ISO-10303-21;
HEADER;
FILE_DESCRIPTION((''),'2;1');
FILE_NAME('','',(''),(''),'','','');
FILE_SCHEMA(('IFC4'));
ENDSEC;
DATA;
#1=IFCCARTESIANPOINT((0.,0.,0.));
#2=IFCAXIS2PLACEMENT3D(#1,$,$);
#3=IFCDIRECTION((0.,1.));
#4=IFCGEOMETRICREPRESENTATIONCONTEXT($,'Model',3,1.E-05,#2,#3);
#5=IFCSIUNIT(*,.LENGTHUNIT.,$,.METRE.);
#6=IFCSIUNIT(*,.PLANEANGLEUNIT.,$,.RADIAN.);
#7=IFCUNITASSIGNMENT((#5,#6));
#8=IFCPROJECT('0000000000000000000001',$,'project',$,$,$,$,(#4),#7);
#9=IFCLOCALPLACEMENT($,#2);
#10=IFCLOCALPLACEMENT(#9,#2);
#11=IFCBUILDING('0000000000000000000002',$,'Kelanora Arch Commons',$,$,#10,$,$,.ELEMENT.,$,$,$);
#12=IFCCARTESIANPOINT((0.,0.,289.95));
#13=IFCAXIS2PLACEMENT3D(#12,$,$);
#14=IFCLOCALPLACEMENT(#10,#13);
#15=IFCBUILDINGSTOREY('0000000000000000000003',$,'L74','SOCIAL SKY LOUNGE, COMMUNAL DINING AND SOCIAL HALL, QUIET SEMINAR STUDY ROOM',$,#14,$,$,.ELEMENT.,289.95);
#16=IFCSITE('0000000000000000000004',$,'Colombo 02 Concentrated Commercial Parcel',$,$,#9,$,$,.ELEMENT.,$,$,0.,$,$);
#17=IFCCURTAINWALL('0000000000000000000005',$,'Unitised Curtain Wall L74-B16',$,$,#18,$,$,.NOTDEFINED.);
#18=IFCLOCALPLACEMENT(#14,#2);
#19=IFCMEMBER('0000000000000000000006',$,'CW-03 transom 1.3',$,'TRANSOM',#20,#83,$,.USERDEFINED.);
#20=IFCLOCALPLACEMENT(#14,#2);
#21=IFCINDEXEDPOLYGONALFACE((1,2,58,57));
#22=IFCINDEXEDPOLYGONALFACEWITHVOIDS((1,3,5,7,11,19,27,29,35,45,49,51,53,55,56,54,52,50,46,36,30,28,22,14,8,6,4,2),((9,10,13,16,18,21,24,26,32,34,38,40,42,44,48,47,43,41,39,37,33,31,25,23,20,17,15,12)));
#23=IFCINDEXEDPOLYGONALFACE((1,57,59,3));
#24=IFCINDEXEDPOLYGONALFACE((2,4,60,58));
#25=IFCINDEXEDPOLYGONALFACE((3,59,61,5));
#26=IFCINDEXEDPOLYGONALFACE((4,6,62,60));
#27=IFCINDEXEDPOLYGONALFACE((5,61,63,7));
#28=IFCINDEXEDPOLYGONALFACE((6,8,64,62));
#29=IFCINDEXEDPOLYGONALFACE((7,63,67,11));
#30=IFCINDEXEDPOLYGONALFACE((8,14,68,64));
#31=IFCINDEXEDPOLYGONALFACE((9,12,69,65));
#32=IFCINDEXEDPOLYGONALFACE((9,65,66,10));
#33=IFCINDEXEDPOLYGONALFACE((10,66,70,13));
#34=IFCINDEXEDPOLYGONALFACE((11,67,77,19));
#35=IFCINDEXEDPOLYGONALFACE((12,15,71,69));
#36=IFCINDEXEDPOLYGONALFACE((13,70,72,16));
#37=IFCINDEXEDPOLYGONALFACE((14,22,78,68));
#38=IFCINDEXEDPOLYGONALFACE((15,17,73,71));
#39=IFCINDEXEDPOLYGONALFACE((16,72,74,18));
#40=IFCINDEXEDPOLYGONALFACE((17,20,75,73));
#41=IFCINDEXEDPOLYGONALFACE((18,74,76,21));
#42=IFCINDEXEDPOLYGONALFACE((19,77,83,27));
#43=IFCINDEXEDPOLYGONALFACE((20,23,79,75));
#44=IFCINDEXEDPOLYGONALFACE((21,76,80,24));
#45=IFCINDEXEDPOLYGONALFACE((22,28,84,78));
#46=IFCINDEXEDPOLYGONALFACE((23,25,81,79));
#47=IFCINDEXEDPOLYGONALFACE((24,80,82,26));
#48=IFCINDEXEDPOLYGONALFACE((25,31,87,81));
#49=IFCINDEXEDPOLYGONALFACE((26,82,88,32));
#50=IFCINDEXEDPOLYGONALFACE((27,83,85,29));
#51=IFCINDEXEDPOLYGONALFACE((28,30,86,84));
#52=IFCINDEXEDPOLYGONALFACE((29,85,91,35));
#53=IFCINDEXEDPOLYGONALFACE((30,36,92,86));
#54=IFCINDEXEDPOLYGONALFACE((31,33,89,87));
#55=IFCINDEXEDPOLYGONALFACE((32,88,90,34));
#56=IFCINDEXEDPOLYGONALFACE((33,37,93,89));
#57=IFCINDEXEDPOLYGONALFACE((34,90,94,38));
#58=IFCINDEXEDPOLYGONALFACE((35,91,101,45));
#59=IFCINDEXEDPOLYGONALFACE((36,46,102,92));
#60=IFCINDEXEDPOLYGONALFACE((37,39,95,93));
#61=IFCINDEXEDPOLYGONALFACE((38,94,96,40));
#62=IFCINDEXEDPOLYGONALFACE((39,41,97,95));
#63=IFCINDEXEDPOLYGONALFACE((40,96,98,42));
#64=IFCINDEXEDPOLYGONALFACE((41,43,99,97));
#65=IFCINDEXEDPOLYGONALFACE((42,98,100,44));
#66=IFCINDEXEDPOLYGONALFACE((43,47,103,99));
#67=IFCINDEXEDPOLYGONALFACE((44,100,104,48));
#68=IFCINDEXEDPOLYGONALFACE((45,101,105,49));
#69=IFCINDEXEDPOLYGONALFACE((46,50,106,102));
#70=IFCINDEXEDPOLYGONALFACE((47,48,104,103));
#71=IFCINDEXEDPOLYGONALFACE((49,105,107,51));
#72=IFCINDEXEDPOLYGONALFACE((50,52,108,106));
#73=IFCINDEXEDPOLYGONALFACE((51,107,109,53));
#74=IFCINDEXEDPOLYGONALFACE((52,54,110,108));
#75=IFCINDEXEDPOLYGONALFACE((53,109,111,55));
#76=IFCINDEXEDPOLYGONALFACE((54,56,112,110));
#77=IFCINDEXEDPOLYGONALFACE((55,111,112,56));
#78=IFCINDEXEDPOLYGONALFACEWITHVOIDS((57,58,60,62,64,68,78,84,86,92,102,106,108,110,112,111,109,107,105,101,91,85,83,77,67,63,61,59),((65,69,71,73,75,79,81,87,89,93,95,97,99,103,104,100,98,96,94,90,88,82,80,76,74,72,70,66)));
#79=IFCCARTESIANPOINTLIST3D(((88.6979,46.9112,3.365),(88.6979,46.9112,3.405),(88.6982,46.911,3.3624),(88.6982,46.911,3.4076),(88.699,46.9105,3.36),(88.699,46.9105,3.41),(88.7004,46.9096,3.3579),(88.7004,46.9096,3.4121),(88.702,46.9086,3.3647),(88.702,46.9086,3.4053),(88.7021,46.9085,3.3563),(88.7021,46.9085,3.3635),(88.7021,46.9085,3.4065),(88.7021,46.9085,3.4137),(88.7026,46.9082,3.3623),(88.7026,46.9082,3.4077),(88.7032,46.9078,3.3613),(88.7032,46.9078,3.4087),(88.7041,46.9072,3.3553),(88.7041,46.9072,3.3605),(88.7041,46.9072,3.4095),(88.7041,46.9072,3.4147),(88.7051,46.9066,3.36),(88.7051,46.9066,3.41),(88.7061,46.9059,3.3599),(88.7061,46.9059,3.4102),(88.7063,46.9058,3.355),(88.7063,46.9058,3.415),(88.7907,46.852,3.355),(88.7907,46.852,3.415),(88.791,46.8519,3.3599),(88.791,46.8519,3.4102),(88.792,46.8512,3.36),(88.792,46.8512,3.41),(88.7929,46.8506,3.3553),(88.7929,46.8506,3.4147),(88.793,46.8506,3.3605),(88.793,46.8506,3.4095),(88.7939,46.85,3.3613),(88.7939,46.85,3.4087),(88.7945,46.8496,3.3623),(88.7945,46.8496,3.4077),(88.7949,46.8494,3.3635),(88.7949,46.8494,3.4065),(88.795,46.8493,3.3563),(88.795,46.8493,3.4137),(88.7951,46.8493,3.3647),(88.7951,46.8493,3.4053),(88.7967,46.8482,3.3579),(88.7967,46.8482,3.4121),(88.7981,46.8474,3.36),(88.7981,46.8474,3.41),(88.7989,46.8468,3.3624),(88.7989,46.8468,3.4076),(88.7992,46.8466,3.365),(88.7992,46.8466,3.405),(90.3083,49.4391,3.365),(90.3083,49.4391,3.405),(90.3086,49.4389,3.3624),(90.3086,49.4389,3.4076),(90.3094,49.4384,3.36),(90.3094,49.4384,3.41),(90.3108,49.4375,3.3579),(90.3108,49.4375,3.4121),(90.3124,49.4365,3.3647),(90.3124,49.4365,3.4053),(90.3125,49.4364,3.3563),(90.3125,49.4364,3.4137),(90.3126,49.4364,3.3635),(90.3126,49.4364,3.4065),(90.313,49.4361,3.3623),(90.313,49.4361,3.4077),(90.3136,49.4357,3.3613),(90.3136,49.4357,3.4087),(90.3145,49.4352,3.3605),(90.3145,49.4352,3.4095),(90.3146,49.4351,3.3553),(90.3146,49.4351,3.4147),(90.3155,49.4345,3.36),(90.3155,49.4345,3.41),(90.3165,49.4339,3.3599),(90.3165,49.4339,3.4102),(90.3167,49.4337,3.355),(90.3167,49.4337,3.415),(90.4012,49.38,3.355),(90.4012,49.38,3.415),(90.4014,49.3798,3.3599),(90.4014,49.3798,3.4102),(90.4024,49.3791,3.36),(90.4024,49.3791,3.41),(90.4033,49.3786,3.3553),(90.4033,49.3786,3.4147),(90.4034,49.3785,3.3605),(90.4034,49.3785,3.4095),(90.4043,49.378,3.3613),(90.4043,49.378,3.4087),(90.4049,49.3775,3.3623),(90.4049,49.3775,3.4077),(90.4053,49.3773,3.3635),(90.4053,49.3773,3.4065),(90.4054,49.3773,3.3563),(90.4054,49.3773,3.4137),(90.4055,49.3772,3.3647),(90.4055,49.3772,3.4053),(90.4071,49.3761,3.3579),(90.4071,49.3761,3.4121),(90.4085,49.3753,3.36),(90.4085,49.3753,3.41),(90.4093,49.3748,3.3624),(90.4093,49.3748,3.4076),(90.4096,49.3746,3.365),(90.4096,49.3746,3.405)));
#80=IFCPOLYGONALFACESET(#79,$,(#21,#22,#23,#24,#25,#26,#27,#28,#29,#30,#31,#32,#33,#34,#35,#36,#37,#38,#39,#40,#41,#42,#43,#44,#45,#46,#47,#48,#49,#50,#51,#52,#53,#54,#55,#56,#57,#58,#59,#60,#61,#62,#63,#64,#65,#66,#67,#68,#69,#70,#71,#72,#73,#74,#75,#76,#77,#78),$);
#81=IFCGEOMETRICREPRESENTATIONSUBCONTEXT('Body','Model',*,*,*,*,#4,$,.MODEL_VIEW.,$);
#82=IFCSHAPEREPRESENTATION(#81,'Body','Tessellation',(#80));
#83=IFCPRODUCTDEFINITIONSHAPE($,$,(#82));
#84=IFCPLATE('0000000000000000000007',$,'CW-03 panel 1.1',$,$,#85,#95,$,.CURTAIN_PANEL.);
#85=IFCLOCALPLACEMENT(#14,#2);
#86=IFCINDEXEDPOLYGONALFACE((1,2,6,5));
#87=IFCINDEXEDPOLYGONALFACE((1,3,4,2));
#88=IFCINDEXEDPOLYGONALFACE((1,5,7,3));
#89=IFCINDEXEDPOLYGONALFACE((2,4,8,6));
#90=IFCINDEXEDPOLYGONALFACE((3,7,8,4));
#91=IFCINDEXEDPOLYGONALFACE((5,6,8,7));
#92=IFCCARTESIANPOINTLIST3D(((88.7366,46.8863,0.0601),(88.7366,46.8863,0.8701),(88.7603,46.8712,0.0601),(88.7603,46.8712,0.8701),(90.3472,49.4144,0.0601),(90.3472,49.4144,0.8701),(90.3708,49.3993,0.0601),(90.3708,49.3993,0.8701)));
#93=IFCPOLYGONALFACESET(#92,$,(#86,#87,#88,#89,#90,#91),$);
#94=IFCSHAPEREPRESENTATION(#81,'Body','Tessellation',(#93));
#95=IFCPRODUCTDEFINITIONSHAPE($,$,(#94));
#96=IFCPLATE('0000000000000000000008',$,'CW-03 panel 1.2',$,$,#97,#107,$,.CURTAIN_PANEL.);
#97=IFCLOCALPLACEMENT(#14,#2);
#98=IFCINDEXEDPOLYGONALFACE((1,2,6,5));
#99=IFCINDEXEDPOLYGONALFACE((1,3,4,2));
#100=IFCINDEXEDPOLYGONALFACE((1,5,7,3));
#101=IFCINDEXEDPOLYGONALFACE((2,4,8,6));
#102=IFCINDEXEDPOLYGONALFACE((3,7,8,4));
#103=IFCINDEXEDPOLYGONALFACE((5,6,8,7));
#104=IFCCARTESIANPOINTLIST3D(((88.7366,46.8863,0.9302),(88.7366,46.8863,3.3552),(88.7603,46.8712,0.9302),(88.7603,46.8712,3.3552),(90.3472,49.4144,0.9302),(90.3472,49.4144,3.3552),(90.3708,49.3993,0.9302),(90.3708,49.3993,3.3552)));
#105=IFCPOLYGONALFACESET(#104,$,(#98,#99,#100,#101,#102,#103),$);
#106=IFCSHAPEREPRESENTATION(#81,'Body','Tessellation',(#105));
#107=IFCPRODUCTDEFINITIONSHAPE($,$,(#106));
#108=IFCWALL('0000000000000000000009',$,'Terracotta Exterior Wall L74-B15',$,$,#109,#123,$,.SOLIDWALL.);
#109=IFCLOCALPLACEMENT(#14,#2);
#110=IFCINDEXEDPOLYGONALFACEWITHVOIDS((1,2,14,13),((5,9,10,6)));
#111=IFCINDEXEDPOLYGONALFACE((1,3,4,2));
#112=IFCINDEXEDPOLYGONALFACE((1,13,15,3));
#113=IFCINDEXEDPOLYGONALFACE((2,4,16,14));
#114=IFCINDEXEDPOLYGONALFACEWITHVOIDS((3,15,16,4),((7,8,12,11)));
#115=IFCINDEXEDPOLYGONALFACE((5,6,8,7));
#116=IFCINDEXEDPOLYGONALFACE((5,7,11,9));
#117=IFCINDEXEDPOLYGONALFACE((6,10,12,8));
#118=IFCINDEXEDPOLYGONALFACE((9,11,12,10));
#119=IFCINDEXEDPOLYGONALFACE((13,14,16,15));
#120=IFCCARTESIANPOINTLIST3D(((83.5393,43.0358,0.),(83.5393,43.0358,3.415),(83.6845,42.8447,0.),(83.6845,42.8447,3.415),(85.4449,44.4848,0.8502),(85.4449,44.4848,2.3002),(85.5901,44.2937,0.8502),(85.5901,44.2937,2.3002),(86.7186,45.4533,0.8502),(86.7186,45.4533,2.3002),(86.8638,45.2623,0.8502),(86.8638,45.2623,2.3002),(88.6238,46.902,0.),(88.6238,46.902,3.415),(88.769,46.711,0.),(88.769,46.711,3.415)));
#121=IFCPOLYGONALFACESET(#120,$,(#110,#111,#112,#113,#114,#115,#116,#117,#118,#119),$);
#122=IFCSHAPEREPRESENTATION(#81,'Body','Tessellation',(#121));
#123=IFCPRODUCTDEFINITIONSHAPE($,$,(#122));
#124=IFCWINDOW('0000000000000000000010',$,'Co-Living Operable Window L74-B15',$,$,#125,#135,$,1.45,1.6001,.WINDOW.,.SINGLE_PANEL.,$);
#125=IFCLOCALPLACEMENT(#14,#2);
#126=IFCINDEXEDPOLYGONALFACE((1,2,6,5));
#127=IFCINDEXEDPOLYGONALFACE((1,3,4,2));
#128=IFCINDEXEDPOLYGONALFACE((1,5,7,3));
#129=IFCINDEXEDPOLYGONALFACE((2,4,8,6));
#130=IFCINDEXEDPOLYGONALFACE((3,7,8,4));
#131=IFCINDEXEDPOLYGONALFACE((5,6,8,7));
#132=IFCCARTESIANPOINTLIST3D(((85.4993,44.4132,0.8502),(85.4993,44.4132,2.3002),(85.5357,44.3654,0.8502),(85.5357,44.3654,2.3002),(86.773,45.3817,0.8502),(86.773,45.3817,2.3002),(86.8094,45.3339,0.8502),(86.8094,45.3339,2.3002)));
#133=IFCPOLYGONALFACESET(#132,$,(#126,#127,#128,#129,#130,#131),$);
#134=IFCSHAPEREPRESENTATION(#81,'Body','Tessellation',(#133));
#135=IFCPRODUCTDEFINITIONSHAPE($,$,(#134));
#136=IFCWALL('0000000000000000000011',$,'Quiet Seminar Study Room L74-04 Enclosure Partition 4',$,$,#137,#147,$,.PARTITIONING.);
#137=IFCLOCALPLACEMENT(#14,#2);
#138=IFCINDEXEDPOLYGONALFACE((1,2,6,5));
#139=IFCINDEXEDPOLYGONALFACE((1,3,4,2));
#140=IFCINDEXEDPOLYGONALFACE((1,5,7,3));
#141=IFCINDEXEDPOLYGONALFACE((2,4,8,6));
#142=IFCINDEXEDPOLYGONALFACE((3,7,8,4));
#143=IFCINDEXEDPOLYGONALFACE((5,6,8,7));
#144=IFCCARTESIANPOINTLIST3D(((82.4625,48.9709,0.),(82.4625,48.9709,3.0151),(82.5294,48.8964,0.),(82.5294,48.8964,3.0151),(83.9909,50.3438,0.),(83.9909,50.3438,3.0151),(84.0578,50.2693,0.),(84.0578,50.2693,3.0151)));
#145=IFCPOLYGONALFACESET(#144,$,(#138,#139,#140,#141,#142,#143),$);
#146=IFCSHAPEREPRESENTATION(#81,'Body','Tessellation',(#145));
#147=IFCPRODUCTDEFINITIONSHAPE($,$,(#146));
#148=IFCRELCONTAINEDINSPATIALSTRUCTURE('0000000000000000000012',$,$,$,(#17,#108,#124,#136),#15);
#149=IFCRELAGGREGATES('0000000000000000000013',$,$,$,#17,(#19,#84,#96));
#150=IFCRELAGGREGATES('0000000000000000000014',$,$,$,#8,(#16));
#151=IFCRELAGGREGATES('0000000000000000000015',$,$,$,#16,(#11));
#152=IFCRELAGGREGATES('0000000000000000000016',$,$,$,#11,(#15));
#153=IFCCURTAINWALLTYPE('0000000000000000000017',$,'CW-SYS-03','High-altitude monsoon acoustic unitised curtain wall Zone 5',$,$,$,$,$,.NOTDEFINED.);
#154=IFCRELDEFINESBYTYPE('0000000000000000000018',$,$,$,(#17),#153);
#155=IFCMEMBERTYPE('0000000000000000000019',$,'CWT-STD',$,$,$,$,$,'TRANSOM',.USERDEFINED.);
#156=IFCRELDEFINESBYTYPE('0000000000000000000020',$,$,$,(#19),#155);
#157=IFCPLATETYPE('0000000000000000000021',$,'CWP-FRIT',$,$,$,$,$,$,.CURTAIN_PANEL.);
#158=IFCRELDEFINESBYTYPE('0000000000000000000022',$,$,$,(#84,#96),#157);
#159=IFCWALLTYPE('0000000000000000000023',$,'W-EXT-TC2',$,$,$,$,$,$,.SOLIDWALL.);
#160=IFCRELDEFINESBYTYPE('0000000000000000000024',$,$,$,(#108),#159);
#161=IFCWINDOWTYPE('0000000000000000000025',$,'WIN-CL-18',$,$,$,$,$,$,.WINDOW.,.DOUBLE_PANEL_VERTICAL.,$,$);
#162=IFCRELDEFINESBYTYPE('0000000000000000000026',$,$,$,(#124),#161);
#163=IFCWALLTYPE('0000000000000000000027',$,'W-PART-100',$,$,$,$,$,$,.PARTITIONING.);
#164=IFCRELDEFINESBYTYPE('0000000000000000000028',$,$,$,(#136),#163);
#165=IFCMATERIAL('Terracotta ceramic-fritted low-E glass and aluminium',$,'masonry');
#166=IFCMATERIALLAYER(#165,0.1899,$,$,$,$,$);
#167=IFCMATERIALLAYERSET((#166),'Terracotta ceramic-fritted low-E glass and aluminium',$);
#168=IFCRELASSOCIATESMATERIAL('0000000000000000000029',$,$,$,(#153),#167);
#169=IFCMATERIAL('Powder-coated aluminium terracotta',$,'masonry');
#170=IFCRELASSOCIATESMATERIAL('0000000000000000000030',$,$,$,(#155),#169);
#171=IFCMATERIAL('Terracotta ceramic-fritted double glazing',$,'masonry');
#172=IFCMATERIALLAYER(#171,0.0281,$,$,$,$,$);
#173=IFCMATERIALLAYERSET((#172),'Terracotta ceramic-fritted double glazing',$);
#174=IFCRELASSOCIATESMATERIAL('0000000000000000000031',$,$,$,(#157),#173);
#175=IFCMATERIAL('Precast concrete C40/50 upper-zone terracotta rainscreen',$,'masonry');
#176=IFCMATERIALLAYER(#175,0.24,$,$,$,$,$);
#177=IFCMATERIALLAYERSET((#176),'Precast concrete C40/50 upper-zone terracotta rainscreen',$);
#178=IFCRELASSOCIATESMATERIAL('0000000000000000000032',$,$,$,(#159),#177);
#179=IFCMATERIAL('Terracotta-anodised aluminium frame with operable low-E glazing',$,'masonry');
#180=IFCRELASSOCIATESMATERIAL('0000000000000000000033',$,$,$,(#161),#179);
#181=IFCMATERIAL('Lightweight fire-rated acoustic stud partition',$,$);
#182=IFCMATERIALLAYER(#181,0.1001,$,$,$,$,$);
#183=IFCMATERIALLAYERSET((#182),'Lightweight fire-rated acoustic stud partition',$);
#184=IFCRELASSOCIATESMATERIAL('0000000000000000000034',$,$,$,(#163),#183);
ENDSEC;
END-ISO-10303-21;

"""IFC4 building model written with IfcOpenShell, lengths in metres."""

from ifc_helpers import new_model, si_unit, direction, frame, frame_2d, origin, origin_2d, place, context, subcontext, project, spatial, rectangle, hollow_rectangle, extrude, source, transform, mapped, material, layer, layer_set, material_profile, profile_set, type_object, element, fill, aggregate, save


model = new_model("IFC4")

# Units and contexts
model_context = context("Model", 3, precision=1e-05, world=origin(), true_north=direction((0.0, 1.0)))
body_context = subcontext(model_context, "Body", "Model", "MODEL_VIEW")
ifc_project = project(units=[si_unit("LENGTHUNIT", "METRE"), si_unit("PLANEANGLEUNIT", "RADIAN")], contexts=[model_context])

# Site, building, storey
site_placement = place(None, origin())
site = spatial("IfcSite", under=ifc_project, at=site_placement, Name="Colombo 02 Concentrated Commercial Parcel", CompositionType="ELEMENT", RefElevation=0.0)
building_placement = place(site_placement, origin())
building = spatial("IfcBuilding", under=site, at=building_placement, Name="Kelanora Arch Commons", CompositionType="ELEMENT")
storey_placement = place(building_placement, frame((0.0, 0.0, 289.95)))
storey = spatial("IfcBuildingStorey", under=building, at=storey_placement, Name="L74", Description="SOCIAL SKY LOUNGE, COMMUNAL DINING AND SOCIAL HALL, QUIET SEMINAR STUDY ROOM", CompositionType="ELEMENT", Elevation=289.95)

# Shared definitions
ifc_material_1 = material(Name="Terracotta ceramic-fritted low-E glass and aluminium", Category="masonry")
ifc_layer_1 = layer(ifc_material_1, 0.1899)
ifc_layer_set_1 = layer_set([ifc_layer_1], Name="Terracotta ceramic-fritted low-E glass and aluminium")
curtain_wall_type = type_object("IfcCurtainWallType", Name="CW-SYS-03", Description="High-altitude monsoon acoustic unitised curtain wall Zone 5", PredefinedType="NOTDEFINED", material=ifc_layer_set_1)
ifc_material_2 = material(Name="Powder-coated aluminium terracotta", Category="masonry")

# Curtain wall, member, plates
curtain_wall_1_placement = place(storey_placement, origin())
curtain_wall_1 = element("IfcCurtainWall", 1, at=curtain_wall_1_placement, inside=storey, type_object=curtain_wall_type, Name="Unitised Curtain Wall L74-B16", PredefinedType="NOTDEFINED")
ifc_material_profile_1 = material_profile(ifc_material_2, hollow_rectangle(XDim=0.1201, YDim=0.0601, WallThickness=0.0049, InnerFilletRadius=0.0049, OuterFilletRadius=0.01, at=origin_2d()), Name="CWT120x60")
ifc_profile_set_1 = profile_set([ifc_material_profile_1], Name="Powder-coated aluminium terracotta")
member_type_1 = type_object("IfcMemberType", Name="CWT-STD", ElementType="TRANSOM", PredefinedType="USERDEFINED", material=ifc_profile_set_1)
member_1_placement = place(storey_placement, frame((88.7485, 46.8789, 3.385), z_axis=(0.537287, 0.8434, 0.0), x_axis=(-0.8434, 0.537287, 0.0)))
member_1 = element("IfcMember", 2, at=member_1_placement, type_object=member_type_1, Name="CW-03 transom 1.3", ObjectType="TRANSOM", PredefinedType="USERDEFINED", context=body_context, shape_type="SweptSolid", body=[
    extrude(hollow_rectangle(XDim=0.1201, YDim=0.0601, WallThickness=0.0049, InnerFilletRadius=0.0049, OuterFilletRadius=0.01, at=origin_2d()), origin(), (0.0, 0.0, 1.0), 2.9973),
])
ifc_material_3 = material(Name="Terracotta ceramic-fritted double glazing", Category="masonry")
ifc_layer_2 = layer(ifc_material_3, 0.0281)
ifc_layer_set_2 = layer_set([ifc_layer_2], Name="Terracotta ceramic-fritted double glazing")
plate_type = type_object("IfcPlateType", Name="CWP-FRIT", PredefinedType="CURTAIN_PANEL", material=ifc_layer_set_2)
shared_shape_1 = source(origin(), body_context, "Body", "SweptSolid", [
    extrude(rectangle(XDim=2.9976, YDim=0.0281, at=origin_2d()), origin(), (0.0, 0.0, 1.0), 0.8101),
])
plate_1_placement = place(storey_placement, frame((89.5537, 48.1428, 0.0601), z_axis=(0.0, 0.0, 1.0), x_axis=(0.5373, 0.843391, 0.0)))
plate_1 = element("IfcPlate", 3, at=plate_1_placement, type_object=plate_type, Name="CW-03 panel 1.1", PredefinedType="CURTAIN_PANEL", context=body_context, shape_type="MappedRepresentation", body=[
    mapped(shared_shape_1, transform((0.0, 0.0, 0.0), scale=1.0)),
])
shared_shape_2 = source(origin(), body_context, "Body", "SweptSolid", [
    extrude(rectangle(XDim=2.9976, YDim=0.0281, at=origin_2d()), origin(), (0.0, 0.0, 1.0), 2.425),
])
plate_2_placement = place(storey_placement, frame((89.5537, 48.1428, 0.9302), z_axis=(0.0, 0.0, 1.0), x_axis=(0.5373, 0.843391, 0.0)))
plate_2 = element("IfcPlate", 4, at=plate_2_placement, type_object=plate_type, Name="CW-03 panel 1.2", PredefinedType="CURTAIN_PANEL", context=body_context, shape_type="MappedRepresentation", body=[
    mapped(shared_shape_2, transform((0.0, 0.0, 0.0), scale=1.0)),
])
aggregate(curtain_wall_1, [member_1, plate_1, plate_2])

# Wall, opening, window
ifc_material_4 = material(Name="Precast concrete C40/50 upper-zone terracotta rainscreen", Category="masonry")
ifc_layer_3 = layer(ifc_material_4, 0.24)
ifc_layer_set_3 = layer_set([ifc_layer_3], Name="Precast concrete C40/50 upper-zone terracotta rainscreen")
wall_type_1 = type_object("IfcWallType", Name="W-EXT-TC2", PredefinedType="SOLIDWALL", material=ifc_layer_set_3)
wall_1_placement = place(storey_placement, frame((83.6118, 42.9402, 0.0), z_axis=(0.0, 0.0, 1.0), x_axis=(0.79601, 0.605283, 0.0)))
wall_1 = element("IfcWall", 5, at=wall_1_placement, inside=storey, type_object=wall_type_1, Name="Terracotta Exterior Wall L74-B15", PredefinedType="SOLIDWALL", context=body_context, shape_type="SweptSolid", body=[
    extrude(rectangle(XDim=6.3875, YDim=0.24, at=frame_2d((3.1938, 0.0))), origin(), (0.0, 0.0, 1.0), 3.415),
])
opening_placement = place(wall_1_placement, frame((2.394, 0.0, 0.8501)))
opening = element("IfcOpeningElement", 6, at=opening_placement, cuts=wall_1, PredefinedType="OPENING", context=body_context, shape_type="SweptSolid", body=[
    extrude(rectangle(XDim=1.6001, YDim=1.45, at=frame_2d((0.8, 0.7251))), frame((0.0, 0.1299, 0.0), z_axis=(0.0, -1.0, 0.0), x_axis=(1.0, 0.0, 0.0)), (0.0, 0.0, 1.0), 0.26),
])
ifc_material_5 = material(Name="Terracotta-anodised aluminium frame with operable low-E glazing", Category="masonry")
window_type = type_object("IfcWindowType", Name="WIN-CL-18", PartitioningType="DOUBLE_PANEL_VERTICAL", PredefinedType="WINDOW", material=ifc_material_5)
window_placement = place(opening_placement, origin())
window = element("IfcWindow", 7, at=window_placement, inside=storey, type_object=window_type, Name="Co-Living Operable Window L74-B15", OverallHeight=1.45, OverallWidth=1.6001, PartitioningType="SINGLE_PANEL", PredefinedType="WINDOW", context=body_context, shape_type="SweptSolid", body=[
    extrude(rectangle(XDim=1.6001, YDim=1.45, at=frame_2d((0.8, 0.7251))), frame((0.0, 0.03, 0.0), z_axis=(0.0, -1.0, 0.0), x_axis=(1.0, 0.0, 0.0)), (0.0, 0.0, 1.0), 0.0601),
])
fill(opening, window)

# Wall
ifc_material_6 = material(Name="Lightweight fire-rated acoustic stud partition")
ifc_layer_4 = layer(ifc_material_6, 0.1001)
ifc_layer_set_4 = layer_set([ifc_layer_4], Name="Lightweight fire-rated acoustic stud partition")
wall_type_2 = type_object("IfcWallType", Name="W-PART-100", PredefinedType="PARTITIONING", material=ifc_layer_set_4)
wall_2_placement = place(storey_placement, frame((82.4958, 48.9336, 0.0), z_axis=(0.0, 0.0, 1.0), x_axis=(0.743944, 0.668242, 0.0)))
element("IfcWall", 8, at=wall_2_placement, inside=storey, type_object=wall_type_2, Name="Quiet Seminar Study Room L74-04 Enclosure Partition 4", PredefinedType="PARTITIONING", context=body_context, shape_type="SweptSolid", body=[
    extrude(rectangle(XDim=2.0544, YDim=0.1001, at=frame_2d((1.0273, 0.0))), origin(), (0.0, 0.0, 1.0), 3.0151),
])

save(model, "model.ifc")
